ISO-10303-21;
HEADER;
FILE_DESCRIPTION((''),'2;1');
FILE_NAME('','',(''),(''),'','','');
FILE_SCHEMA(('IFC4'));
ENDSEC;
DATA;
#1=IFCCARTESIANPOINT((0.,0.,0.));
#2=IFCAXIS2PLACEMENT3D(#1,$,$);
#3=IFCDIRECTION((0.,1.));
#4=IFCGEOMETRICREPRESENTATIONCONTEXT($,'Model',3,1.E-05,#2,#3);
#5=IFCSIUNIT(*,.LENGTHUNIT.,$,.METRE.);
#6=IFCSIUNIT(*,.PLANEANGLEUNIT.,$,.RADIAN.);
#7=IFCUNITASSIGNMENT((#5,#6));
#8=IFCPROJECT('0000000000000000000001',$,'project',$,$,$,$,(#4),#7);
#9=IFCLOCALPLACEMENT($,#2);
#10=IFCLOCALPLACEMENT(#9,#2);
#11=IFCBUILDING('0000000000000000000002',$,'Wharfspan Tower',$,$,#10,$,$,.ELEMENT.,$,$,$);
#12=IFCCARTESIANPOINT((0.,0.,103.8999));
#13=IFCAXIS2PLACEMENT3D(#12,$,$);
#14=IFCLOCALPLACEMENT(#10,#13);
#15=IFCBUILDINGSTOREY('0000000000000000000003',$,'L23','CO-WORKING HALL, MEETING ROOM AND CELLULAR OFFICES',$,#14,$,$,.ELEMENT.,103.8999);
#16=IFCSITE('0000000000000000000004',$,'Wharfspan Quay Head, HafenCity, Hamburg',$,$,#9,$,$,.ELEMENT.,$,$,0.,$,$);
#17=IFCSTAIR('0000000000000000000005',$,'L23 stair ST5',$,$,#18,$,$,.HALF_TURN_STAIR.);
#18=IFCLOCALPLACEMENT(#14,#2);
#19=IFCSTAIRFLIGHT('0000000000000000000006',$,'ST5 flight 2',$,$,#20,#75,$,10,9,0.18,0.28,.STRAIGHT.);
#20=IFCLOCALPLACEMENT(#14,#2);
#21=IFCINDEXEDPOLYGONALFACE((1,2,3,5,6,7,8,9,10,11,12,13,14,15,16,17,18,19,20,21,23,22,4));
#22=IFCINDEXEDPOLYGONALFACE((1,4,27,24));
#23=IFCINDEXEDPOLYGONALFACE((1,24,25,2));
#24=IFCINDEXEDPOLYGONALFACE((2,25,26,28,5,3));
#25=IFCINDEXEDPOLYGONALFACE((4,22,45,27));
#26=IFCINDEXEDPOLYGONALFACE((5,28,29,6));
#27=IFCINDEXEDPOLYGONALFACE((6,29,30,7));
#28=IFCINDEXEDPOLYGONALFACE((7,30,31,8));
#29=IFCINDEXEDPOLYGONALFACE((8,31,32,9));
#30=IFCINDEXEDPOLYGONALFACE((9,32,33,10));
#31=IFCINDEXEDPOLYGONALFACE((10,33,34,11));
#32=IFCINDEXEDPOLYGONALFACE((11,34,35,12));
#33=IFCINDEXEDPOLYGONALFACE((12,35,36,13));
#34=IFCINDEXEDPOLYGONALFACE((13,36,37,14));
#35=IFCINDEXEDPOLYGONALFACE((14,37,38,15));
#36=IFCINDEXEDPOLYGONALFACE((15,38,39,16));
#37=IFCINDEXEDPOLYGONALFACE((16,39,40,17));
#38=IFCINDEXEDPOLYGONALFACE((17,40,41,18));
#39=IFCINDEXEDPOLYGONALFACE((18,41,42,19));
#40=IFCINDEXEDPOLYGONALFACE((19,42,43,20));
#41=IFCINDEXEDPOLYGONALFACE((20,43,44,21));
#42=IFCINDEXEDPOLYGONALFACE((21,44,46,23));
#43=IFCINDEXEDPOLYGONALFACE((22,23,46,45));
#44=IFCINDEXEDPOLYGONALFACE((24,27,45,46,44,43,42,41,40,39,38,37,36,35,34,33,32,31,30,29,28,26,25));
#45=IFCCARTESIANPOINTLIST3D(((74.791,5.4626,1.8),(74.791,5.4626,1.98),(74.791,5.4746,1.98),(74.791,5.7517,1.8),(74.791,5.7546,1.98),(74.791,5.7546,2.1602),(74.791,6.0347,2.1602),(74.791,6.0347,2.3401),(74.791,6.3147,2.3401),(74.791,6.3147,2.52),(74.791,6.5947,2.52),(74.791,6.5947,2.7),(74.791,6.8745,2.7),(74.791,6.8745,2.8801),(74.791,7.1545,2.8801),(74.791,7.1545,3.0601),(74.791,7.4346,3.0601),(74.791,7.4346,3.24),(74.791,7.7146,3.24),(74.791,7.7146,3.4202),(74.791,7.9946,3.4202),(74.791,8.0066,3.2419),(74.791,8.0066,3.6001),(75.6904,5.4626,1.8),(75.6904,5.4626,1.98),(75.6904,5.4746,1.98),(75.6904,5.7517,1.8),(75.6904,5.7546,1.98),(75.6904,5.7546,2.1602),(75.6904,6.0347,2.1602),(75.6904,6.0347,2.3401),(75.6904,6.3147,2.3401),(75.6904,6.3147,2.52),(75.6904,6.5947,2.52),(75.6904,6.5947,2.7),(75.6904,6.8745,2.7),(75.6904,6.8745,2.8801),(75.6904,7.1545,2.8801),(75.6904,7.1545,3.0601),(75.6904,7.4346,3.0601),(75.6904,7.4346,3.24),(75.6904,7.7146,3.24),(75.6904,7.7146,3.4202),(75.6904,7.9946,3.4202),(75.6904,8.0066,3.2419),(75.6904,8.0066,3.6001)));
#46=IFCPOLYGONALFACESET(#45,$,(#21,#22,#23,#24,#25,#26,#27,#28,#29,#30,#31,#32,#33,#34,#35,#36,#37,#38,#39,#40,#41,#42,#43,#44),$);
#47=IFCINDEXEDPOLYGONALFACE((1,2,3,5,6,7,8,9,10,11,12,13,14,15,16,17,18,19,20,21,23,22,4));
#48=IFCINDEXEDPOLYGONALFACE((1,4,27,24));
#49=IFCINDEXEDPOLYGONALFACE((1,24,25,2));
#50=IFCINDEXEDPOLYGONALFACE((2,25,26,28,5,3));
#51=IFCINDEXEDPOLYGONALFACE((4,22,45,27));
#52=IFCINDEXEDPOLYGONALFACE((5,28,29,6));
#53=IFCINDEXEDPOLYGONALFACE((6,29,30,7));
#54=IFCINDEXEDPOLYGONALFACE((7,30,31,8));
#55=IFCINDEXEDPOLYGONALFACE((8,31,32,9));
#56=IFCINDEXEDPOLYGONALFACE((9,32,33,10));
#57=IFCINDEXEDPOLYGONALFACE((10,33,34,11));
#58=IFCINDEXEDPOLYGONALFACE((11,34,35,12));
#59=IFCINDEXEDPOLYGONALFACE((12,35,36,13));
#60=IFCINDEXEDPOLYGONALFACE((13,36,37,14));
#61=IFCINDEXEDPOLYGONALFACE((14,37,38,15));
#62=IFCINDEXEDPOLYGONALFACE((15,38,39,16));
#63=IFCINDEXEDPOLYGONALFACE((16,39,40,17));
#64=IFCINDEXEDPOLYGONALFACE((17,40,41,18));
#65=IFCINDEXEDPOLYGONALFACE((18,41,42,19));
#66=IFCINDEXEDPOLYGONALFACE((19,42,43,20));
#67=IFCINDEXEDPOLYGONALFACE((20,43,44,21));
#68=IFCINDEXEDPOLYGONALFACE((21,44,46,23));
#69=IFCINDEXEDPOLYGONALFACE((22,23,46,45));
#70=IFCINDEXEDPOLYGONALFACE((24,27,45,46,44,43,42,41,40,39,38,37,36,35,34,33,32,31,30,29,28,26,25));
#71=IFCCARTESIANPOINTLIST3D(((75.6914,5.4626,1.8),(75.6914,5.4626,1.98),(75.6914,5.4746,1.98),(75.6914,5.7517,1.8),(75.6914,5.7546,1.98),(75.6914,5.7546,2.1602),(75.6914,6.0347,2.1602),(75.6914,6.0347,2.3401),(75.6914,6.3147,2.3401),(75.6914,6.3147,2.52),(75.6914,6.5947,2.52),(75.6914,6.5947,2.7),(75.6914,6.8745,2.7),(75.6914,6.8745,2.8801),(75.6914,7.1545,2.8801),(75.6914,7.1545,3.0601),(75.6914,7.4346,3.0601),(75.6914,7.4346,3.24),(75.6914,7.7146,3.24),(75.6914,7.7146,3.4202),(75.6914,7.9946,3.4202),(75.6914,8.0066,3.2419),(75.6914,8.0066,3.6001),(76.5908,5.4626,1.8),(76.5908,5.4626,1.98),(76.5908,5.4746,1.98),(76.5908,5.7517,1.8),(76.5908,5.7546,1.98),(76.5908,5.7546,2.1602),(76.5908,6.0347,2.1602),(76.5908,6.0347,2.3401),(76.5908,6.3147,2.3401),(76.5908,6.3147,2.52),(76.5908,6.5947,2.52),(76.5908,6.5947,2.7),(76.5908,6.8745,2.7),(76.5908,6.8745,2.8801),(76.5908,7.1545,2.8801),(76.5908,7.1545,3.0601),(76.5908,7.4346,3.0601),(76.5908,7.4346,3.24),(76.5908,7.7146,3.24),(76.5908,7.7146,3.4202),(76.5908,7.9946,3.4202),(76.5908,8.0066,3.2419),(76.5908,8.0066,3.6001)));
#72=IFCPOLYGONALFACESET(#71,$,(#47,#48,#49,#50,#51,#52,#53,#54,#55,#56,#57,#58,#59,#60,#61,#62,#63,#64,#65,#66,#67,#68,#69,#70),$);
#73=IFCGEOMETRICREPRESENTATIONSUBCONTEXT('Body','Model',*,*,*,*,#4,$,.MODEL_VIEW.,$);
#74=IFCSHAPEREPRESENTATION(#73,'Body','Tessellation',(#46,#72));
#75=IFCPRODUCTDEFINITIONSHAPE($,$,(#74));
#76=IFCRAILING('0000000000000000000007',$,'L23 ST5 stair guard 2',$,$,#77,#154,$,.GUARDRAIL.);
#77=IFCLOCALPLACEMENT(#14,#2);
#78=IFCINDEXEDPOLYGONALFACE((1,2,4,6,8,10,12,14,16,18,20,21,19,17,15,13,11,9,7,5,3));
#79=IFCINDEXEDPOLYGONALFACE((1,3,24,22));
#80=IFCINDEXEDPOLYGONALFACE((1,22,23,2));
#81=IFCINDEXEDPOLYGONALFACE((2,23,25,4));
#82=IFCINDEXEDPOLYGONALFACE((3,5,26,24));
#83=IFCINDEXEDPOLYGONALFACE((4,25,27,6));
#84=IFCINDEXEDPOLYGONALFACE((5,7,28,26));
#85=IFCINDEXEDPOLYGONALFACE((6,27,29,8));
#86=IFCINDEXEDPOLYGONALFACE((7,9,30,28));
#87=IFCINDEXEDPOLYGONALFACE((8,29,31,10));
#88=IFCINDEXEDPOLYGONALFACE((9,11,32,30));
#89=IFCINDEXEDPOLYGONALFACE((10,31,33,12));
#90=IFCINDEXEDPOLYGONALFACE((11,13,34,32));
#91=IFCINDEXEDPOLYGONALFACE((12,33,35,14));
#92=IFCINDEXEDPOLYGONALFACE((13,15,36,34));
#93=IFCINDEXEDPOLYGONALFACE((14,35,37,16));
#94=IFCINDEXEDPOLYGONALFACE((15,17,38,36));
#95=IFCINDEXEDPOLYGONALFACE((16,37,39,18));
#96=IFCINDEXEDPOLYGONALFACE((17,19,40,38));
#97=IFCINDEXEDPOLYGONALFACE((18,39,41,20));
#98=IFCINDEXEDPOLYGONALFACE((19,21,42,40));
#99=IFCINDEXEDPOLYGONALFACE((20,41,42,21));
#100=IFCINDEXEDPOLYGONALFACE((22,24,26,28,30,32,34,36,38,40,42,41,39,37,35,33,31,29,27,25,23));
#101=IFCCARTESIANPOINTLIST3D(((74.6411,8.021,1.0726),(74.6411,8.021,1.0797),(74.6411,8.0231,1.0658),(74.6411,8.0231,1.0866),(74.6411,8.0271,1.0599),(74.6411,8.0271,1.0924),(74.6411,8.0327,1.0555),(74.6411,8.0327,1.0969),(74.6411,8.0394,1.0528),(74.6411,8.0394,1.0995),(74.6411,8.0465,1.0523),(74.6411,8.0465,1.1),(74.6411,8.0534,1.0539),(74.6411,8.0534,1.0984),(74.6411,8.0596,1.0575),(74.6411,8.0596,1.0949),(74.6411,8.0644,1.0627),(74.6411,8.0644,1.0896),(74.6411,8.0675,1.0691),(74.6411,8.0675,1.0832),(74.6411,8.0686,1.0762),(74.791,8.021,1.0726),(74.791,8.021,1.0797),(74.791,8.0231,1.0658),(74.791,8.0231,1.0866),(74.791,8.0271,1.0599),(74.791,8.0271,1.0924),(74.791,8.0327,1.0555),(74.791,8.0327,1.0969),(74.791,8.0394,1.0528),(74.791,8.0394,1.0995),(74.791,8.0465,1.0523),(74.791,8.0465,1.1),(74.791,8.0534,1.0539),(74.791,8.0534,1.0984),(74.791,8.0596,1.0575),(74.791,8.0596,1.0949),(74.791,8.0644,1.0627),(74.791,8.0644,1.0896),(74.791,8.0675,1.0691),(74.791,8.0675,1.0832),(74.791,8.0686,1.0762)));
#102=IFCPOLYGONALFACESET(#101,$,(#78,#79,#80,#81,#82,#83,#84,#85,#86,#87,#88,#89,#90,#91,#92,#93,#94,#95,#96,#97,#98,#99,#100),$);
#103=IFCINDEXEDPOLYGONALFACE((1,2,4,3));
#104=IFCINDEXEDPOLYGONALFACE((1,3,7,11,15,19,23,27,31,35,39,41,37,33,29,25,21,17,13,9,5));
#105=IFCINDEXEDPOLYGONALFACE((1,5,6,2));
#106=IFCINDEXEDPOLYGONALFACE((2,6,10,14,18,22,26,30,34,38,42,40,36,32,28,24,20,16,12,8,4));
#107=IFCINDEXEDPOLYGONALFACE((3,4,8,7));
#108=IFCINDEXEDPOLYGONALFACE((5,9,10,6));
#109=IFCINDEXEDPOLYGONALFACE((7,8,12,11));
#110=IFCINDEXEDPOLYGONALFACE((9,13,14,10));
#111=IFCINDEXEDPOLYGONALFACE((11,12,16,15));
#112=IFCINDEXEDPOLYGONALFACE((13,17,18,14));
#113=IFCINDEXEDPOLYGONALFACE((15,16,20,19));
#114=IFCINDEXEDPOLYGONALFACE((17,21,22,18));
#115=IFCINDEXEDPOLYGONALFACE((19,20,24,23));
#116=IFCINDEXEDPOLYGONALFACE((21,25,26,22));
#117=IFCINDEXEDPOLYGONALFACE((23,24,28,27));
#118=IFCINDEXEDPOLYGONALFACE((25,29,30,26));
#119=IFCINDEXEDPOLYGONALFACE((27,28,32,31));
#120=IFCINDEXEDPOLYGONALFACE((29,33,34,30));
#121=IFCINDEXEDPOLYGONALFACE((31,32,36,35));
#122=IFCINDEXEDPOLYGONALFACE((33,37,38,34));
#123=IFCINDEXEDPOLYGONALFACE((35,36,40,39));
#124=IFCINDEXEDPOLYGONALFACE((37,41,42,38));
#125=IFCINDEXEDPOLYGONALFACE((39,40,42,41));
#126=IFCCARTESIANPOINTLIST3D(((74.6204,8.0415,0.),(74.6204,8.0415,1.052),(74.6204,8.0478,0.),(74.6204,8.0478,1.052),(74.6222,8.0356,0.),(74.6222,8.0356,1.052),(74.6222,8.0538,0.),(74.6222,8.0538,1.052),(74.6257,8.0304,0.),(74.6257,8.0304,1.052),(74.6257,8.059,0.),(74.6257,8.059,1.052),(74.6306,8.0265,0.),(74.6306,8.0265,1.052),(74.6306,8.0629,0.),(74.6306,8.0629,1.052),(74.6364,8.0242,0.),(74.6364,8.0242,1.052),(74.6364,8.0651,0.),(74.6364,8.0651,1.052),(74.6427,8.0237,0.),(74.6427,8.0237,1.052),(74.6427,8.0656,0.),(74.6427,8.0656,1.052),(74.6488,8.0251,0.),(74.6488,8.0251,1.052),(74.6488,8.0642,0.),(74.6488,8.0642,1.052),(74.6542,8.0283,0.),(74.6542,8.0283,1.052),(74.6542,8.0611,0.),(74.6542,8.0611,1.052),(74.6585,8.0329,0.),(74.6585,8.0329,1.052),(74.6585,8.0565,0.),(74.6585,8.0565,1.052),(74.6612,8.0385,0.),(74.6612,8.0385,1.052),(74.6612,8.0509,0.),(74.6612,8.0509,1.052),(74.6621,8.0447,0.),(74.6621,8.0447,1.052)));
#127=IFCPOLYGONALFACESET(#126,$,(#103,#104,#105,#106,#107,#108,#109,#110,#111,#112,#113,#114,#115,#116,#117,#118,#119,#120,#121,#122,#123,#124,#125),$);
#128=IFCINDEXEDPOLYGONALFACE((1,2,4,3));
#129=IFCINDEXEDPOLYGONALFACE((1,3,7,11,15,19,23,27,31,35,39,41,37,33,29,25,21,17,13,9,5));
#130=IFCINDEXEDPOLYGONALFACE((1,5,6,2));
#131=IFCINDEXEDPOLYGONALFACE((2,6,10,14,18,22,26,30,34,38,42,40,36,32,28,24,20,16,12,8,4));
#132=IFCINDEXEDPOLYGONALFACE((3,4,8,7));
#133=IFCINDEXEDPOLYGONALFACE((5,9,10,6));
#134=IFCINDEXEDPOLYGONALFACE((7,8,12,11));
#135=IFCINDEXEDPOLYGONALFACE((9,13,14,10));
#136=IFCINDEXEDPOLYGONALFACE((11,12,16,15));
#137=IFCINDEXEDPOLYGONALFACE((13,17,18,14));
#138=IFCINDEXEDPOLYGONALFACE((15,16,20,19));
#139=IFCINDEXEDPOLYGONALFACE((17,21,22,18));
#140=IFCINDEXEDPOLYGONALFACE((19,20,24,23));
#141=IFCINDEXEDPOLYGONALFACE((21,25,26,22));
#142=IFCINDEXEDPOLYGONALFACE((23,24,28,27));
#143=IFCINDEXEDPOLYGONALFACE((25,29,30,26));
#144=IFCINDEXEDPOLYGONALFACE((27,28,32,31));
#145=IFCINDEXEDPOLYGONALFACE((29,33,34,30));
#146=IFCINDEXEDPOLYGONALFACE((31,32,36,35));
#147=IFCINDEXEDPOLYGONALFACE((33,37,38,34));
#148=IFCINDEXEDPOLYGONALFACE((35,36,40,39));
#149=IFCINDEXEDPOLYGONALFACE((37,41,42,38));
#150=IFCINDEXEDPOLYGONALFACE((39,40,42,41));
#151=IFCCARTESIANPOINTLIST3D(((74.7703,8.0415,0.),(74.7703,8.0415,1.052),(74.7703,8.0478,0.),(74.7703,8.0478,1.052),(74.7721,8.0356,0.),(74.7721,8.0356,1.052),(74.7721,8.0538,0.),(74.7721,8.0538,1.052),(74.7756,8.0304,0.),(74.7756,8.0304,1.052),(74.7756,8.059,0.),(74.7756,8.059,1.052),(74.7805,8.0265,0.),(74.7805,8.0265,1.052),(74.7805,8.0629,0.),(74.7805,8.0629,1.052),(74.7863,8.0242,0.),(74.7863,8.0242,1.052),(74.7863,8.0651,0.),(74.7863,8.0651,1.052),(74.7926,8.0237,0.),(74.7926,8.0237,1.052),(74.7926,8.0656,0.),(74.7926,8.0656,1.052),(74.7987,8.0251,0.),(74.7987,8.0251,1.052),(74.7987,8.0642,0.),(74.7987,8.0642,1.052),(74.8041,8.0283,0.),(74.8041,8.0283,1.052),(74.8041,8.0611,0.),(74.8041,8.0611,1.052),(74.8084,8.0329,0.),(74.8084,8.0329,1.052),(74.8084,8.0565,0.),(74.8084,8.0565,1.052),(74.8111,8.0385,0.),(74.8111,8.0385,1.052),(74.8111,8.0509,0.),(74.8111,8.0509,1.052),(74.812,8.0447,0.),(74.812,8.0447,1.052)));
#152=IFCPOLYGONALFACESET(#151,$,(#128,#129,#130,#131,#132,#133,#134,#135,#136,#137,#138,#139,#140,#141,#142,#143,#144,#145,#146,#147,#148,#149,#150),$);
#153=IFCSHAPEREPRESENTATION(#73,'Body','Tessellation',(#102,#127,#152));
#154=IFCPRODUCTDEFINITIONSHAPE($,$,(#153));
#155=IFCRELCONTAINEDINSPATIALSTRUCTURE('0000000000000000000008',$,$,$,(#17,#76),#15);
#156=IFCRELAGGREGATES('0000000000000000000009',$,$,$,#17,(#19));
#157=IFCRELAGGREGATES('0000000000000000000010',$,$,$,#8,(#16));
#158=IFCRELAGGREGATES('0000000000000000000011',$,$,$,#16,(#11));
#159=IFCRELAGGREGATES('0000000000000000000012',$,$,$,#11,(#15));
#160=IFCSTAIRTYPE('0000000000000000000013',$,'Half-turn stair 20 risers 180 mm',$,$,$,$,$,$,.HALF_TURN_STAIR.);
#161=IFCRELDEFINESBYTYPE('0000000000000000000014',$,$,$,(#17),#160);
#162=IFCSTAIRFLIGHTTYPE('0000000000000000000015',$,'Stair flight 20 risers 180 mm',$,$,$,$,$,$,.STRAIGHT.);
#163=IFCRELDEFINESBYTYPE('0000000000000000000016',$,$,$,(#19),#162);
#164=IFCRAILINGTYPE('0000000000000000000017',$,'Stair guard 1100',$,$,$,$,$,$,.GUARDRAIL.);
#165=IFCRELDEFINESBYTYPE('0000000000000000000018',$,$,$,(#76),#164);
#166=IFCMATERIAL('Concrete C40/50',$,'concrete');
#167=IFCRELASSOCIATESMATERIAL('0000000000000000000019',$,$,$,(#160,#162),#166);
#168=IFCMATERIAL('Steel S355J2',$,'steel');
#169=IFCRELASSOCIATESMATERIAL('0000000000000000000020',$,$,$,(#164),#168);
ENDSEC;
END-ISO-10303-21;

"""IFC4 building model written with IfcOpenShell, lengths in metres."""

from ifc_helpers import new_model, si_unit, direction, frame, origin, origin_2d, place, context, subcontext, project, spatial, polyline, circle, outline, extrude, material, type_object, element, aggregate, save


model = new_model("IFC4")

# Units and contexts
model_context = context("Model", 3, precision=1e-05, world=origin(), true_north=direction((0.0, 1.0)))
body_context = subcontext(model_context, "Body", "Model", "MODEL_VIEW")
ifc_project = project(units=[si_unit("LENGTHUNIT", "METRE"), si_unit("PLANEANGLEUNIT", "RADIAN")], contexts=[model_context])

# Site, building, storey
site_placement = place(None, origin())
site = spatial("IfcSite", under=ifc_project, at=site_placement, Name="Wharfspan Quay Head, HafenCity, Hamburg", CompositionType="ELEMENT", RefElevation=0.0)
building_placement = place(site_placement, origin())
building = spatial("IfcBuilding", under=site, at=building_placement, Name="Wharfspan Tower", CompositionType="ELEMENT")
storey_placement = place(building_placement, frame((0.0, 0.0, 103.8999)))
storey = spatial("IfcBuildingStorey", under=building, at=storey_placement, Name="L23", Description="CO-WORKING HALL, MEETING ROOM AND CELLULAR OFFICES", CompositionType="ELEMENT", Elevation=103.8999)

# Shared definitions
ifc_material_1 = material(Name="Steel S355J2", Category="steel")

# Shared definitions
ifc_material_2 = material(Name="Concrete C40/50", Category="concrete")

# Stair, stair flight
stair_type = type_object("IfcStairType", Name="Half-turn stair 20 risers 180 mm", PredefinedType="HALF_TURN_STAIR", material=ifc_material_2)
stair_placement = place(storey_placement, origin())
stair = element("IfcStair", 1, at=stair_placement, inside=storey, type_object=stair_type, Name="L23 stair ST5", PredefinedType="HALF_TURN_STAIR")
stair_flight_type = type_object("IfcStairFlightType", Name="Stair flight 20 risers 180 mm", PredefinedType="STRAIGHT", material=ifc_material_2)
stair_flight_1_placement = place(storey_placement, frame((75.6909, 5.4746, 1.8), z_axis=(0.0, 0.0, 1.0), x_axis=(0.0, 1.0, 0.0)))
stair_flight_1 = element("IfcStairFlight", 2, at=stair_flight_1_placement, type_object=stair_flight_type, Name="ST5 flight 2", NumberOfRisers=10, NumberOfTreads=9, PredefinedType="STRAIGHT", RiserHeight=0.18, TreadLength=0.28, context=body_context, shape_type="SweptSolid", body=[
    extrude(outline(polyline([(-0.012, 0.0), (-0.012, 0.1799), (0.0, 0.1799), (0.28, 0.1799), (0.28, 0.3601), (0.5601, 0.3601), (0.5601, 0.54), (0.8401, 0.54), (0.8401, 0.72), (1.1201, 0.72), (1.1201, 0.8999), (1.3999, 0.8999), (1.3999, 1.0801), (1.6799, 1.0801), (1.6799, 1.26), (1.96, 1.26), (1.96, 1.4399), (2.24, 1.4399), (2.24, 1.6201), (2.52, 1.6201), (2.532, 1.8), (2.532, 1.4419), (0.2771, 0.0), (-0.012, 0.0)])), frame((0.0, 0.8999, 0.0), z_axis=(0.0, -1.0, 0.0), x_axis=(1.0, 0.0, 0.0)), (0.0, 0.0, 1.0), 0.8994),
    extrude(outline(polyline([(-0.012, 0.0), (-0.012, 0.1799), (0.0, 0.1799), (0.28, 0.1799), (0.28, 0.3601), (0.5601, 0.3601), (0.5601, 0.54), (0.8401, 0.54), (0.8401, 0.72), (1.1201, 0.72), (1.1201, 0.8999), (1.3999, 0.8999), (1.3999, 1.0801), (1.6799, 1.0801), (1.6799, 1.26), (1.96, 1.26), (1.96, 1.4399), (2.24, 1.4399), (2.24, 1.6201), (2.52, 1.6201), (2.532, 1.8), (2.532, 1.4419), (0.2771, 0.0), (-0.012, 0.0)])), frame((0.0, -0.0005, 0.0), z_axis=(0.0, -1.0, 0.0), x_axis=(1.0, 0.0, 0.0)), (0.0, 0.0, 1.0), 0.8994),
])
aggregate(stair, [stair_flight_1])

# Railing
railing_type_1 = type_object("IfcRailingType", Name="Stair guard 1100", PredefinedType="GUARDRAIL", material=ifc_material_1)
railing_1_placement = place(storey_placement, frame((74.6411, 8.0447, 0.0)))
element("IfcRailing", 3, at=railing_1_placement, inside=storey, type_object=railing_type_1, Name="L23 ST5 stair guard 2", PredefinedType="GUARDRAIL", context=body_context, shape_type="SweptSolid", body=[
    extrude(circle(Radius=0.0239, at=origin_2d()), frame((0.0, 0.0, 1.0762), z_axis=(1.0, 0.0, 0.0), x_axis=(0.0, 1.0, 0.0)), (0.0, 0.0, 1.0), 0.1499),
    extrude(circle(Radius=0.021, at=origin_2d()), origin(), (0.0, 0.0, 1.0), 1.052),
    extrude(circle(Radius=0.021, at=origin_2d()), frame((0.1499, 0.0, 0.0)), (0.0, 0.0, 1.0), 1.052),
])

save(model, "model.ifc")
